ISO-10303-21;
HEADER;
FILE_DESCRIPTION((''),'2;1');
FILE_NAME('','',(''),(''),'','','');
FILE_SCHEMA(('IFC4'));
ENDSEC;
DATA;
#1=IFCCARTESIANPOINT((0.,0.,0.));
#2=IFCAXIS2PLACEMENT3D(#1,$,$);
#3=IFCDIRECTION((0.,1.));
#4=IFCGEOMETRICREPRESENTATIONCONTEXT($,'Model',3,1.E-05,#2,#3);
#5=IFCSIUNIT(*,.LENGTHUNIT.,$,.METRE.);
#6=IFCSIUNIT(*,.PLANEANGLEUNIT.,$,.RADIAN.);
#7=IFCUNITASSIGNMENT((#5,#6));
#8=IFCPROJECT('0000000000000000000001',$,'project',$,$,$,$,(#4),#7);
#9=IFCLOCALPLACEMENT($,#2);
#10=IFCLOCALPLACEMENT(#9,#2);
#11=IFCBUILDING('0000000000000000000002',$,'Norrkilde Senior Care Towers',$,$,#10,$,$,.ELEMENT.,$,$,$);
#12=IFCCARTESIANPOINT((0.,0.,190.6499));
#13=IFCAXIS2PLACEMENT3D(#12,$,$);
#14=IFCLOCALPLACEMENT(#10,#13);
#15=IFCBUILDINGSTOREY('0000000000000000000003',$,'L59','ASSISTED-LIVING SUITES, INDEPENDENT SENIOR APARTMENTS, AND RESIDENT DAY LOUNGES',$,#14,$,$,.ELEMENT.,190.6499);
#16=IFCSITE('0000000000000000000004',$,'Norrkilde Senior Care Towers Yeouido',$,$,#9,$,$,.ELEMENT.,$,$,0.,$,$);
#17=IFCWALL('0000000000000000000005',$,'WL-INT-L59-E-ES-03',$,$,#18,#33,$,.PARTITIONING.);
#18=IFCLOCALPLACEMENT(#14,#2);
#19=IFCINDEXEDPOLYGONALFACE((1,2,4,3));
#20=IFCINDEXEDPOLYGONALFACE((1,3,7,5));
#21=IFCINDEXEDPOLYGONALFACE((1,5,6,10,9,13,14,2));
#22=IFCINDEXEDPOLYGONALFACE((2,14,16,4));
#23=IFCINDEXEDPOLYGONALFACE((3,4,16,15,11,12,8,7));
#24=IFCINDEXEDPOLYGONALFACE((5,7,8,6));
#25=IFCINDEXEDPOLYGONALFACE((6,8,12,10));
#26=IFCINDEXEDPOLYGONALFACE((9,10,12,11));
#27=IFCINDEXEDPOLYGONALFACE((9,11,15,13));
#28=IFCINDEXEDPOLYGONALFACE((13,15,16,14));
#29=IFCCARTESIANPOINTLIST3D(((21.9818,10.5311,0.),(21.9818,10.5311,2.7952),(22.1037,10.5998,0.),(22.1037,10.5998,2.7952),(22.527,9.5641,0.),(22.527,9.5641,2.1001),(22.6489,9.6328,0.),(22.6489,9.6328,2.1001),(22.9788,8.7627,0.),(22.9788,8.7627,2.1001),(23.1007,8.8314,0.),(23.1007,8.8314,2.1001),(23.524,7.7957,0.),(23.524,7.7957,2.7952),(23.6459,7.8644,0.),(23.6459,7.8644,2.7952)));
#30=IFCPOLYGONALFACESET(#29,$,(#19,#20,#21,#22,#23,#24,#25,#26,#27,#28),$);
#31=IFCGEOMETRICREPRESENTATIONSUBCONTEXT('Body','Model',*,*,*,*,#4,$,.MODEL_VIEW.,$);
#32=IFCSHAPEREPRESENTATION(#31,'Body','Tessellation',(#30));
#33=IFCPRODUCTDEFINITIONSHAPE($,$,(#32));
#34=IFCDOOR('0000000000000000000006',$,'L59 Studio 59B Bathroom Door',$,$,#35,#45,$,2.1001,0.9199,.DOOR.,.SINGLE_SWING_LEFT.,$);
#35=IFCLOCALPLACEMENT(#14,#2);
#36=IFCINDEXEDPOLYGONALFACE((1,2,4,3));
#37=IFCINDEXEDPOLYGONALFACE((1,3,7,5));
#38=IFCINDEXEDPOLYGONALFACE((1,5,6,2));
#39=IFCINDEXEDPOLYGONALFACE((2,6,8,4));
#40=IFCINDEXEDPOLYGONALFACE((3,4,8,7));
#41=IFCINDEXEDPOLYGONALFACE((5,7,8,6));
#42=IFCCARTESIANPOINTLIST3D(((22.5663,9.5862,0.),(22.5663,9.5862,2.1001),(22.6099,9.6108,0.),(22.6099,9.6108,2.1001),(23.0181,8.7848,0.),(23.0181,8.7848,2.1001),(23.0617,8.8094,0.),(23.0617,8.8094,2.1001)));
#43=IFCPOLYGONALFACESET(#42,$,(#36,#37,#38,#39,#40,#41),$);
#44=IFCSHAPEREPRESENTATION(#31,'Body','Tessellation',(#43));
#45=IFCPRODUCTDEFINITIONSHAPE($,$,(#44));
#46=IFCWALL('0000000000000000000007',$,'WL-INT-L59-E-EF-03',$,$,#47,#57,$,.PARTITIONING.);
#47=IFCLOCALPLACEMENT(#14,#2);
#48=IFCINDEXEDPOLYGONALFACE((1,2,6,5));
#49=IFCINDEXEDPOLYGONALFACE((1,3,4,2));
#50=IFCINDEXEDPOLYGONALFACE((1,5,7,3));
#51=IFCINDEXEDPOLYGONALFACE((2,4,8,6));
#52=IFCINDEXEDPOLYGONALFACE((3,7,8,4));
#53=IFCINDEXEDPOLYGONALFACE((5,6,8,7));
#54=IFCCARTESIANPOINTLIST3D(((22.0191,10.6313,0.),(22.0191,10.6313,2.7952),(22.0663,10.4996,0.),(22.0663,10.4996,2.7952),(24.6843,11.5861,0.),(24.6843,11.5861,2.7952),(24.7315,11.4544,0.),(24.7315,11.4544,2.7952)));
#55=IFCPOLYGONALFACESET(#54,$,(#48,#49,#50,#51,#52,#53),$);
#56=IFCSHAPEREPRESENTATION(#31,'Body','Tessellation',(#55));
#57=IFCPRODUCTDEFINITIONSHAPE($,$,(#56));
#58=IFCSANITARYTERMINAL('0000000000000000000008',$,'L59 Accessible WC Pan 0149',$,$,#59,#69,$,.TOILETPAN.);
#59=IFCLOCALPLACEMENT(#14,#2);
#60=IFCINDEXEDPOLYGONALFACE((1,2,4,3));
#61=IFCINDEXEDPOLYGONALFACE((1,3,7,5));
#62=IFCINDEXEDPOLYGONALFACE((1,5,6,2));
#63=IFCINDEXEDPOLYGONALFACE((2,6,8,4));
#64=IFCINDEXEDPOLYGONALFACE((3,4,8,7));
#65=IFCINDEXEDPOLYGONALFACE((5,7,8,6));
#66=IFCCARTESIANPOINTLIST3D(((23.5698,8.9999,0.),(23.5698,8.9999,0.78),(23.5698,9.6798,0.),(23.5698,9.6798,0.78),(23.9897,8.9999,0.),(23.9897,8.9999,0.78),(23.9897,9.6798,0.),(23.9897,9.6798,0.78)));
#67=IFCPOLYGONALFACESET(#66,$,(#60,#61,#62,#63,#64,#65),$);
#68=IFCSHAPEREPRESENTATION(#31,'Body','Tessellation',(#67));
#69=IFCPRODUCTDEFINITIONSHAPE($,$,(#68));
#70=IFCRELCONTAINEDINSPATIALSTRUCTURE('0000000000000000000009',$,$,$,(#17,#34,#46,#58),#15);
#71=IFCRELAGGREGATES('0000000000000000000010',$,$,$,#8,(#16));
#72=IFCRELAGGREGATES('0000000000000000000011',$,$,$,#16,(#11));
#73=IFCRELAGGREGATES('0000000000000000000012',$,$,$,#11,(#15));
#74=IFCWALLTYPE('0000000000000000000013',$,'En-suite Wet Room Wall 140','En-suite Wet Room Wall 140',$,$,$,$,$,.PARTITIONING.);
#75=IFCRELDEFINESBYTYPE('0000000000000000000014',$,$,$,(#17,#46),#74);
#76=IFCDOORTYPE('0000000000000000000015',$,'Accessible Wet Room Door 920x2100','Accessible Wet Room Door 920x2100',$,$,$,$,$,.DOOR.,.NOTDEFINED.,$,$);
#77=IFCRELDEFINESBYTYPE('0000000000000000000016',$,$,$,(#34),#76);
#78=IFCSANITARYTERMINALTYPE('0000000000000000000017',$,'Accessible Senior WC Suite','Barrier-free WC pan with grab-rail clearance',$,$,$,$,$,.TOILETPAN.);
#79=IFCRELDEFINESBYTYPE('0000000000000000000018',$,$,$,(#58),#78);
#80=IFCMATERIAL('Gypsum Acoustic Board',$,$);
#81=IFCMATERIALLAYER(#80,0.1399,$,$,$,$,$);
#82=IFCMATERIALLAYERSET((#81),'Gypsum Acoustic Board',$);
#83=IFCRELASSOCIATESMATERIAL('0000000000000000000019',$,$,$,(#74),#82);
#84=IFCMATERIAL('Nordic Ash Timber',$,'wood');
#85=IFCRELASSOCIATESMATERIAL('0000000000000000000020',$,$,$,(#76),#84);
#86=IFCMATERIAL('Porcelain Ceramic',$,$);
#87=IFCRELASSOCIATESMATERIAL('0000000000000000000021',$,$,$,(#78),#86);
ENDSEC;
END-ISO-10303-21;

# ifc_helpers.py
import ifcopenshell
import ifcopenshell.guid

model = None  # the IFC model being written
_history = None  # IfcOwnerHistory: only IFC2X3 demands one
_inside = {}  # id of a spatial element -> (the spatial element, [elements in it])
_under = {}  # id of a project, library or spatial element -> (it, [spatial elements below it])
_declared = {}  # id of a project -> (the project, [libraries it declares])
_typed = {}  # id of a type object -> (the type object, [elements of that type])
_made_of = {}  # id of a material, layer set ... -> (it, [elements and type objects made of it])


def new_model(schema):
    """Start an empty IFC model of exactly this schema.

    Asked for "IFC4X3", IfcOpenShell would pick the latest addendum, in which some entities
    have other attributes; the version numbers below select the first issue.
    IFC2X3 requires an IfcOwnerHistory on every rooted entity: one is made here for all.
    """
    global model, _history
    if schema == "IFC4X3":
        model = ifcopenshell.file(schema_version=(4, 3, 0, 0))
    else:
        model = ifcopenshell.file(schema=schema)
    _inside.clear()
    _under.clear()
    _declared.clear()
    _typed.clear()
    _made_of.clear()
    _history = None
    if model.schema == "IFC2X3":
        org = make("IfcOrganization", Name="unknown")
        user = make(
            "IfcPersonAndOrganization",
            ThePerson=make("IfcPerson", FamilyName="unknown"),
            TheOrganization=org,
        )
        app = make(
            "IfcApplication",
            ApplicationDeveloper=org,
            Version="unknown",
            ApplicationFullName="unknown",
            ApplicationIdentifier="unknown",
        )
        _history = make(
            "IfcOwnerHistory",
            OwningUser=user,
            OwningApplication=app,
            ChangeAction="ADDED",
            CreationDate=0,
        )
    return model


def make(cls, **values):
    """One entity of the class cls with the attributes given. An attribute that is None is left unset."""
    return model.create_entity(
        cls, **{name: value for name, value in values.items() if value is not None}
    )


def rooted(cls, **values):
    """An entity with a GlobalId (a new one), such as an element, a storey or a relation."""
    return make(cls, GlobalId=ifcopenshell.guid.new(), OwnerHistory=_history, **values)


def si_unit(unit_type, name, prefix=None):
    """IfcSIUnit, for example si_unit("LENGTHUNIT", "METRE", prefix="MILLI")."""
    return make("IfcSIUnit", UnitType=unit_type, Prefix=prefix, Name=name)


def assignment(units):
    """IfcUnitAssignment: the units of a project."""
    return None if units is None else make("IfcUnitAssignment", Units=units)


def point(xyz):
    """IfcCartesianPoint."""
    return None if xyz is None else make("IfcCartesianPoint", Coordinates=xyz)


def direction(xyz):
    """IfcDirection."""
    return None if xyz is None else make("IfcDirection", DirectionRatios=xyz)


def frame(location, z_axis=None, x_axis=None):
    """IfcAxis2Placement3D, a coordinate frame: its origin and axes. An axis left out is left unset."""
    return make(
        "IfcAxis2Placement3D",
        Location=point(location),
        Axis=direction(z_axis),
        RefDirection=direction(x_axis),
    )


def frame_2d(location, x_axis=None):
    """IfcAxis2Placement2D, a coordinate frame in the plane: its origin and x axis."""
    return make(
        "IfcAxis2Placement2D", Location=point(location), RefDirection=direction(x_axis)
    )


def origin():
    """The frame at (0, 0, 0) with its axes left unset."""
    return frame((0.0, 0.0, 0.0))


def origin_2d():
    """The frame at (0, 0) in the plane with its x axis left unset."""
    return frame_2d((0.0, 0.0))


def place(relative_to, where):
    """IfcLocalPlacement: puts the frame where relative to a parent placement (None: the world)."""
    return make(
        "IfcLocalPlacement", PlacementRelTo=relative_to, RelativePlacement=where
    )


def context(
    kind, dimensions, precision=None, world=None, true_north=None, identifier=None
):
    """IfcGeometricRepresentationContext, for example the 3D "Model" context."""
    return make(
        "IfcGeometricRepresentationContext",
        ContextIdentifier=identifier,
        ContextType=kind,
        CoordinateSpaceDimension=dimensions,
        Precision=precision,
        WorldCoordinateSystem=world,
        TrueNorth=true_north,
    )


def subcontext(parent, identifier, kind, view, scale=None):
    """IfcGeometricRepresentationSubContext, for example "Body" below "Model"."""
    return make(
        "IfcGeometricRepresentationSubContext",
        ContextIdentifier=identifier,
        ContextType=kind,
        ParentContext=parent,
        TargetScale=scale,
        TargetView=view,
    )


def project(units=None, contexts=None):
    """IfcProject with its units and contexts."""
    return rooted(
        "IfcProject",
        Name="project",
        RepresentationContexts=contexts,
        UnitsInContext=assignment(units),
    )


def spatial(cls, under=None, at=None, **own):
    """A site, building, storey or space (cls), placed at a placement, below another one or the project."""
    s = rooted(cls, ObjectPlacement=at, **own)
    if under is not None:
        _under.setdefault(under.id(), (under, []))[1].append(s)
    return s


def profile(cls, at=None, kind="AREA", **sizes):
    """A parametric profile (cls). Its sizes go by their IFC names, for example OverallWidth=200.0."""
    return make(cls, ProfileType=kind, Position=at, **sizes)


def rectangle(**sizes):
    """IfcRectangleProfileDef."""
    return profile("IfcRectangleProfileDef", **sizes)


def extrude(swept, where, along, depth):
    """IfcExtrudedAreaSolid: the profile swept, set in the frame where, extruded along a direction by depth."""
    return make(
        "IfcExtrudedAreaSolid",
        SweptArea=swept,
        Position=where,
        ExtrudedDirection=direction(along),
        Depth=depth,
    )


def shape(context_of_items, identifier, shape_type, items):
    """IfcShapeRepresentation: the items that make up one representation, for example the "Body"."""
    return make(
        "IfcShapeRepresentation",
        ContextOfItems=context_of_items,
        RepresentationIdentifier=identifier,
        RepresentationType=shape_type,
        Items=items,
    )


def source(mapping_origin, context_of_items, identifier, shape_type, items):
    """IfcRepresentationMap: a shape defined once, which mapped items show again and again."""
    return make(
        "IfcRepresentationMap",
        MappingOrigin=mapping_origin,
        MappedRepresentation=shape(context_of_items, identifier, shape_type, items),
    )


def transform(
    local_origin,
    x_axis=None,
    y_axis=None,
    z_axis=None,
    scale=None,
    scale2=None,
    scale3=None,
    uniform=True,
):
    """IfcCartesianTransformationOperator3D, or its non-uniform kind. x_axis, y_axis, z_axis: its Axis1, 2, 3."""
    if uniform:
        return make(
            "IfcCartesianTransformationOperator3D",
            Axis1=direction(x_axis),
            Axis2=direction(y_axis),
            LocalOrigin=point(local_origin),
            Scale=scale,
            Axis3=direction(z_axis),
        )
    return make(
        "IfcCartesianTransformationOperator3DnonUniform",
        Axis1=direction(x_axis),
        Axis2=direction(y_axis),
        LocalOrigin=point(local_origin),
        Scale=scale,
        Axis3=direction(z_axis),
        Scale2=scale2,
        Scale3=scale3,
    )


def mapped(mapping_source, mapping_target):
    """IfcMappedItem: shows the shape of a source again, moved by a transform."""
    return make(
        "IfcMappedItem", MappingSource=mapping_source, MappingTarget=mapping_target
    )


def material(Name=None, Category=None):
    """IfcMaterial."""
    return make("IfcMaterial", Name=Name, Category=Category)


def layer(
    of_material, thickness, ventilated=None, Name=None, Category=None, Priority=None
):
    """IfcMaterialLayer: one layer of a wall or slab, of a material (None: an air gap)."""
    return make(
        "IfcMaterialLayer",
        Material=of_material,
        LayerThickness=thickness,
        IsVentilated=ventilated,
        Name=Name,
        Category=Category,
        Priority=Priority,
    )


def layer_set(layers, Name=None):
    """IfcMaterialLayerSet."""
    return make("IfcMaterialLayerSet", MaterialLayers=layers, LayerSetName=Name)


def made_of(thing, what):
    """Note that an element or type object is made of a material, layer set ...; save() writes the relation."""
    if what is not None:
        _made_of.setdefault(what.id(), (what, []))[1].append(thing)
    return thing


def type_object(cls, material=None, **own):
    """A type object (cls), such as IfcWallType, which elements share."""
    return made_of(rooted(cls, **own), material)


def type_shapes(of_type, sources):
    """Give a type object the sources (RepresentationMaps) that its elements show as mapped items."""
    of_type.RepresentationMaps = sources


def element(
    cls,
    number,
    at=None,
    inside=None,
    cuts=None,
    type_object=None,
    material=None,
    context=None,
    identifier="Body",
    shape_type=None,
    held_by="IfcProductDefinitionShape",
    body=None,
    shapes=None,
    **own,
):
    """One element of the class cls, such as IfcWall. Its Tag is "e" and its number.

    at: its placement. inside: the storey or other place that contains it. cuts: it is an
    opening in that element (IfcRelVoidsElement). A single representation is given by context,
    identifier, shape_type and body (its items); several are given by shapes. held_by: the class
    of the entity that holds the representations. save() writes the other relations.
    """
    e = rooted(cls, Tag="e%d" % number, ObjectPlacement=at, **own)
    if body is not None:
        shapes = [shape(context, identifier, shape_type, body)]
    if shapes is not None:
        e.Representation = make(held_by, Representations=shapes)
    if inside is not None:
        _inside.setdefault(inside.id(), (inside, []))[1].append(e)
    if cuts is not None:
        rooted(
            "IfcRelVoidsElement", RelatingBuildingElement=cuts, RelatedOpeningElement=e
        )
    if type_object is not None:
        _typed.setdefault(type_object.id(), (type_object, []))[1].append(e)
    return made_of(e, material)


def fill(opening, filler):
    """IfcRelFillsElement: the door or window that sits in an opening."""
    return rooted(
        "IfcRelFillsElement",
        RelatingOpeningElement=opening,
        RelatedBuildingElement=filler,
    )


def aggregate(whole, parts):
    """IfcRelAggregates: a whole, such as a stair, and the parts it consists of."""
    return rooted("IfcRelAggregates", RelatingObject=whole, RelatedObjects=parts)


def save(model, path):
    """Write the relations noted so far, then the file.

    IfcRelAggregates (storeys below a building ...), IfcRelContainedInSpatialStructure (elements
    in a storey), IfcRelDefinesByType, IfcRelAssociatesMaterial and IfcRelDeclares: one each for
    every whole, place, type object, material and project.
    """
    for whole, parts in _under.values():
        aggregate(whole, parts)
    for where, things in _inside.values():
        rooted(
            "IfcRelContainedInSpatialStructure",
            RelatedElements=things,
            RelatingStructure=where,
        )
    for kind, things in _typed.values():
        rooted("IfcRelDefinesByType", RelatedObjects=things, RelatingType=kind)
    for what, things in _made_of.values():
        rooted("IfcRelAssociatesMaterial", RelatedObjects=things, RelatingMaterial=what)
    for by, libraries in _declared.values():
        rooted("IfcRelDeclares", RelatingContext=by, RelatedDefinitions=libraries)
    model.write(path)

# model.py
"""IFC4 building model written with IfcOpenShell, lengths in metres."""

from ifc_helpers import new_model, si_unit, direction, frame, frame_2d, origin, origin_2d, place, context, subcontext, project, spatial, rectangle, extrude, source, transform, mapped, material, layer, layer_set, type_object, type_shapes, element, fill, save


model = new_model("IFC4")

# Units and contexts
model_context = context("Model", 3, precision=1e-05, world=origin(), true_north=direction((0.0, 1.0)))
body_context = subcontext(model_context, "Body", "Model", "MODEL_VIEW")
ifc_project = project(units=[si_unit("LENGTHUNIT", "METRE"), si_unit("PLANEANGLEUNIT", "RADIAN")], contexts=[model_context])

# Site, building, storey
site_placement = place(None, origin())
site = spatial("IfcSite", under=ifc_project, at=site_placement, Name="Norrkilde Senior Care Towers Yeouido", CompositionType="ELEMENT", RefElevation=0.0)
building_placement = place(site_placement, origin())
building = spatial("IfcBuilding", under=site, at=building_placement, Name="Norrkilde Senior Care Towers", CompositionType="ELEMENT")
storey_placement = place(building_placement, frame((0.0, 0.0, 190.6499)))
storey = spatial("IfcBuildingStorey", under=building, at=storey_placement, Name="L59", Description="ASSISTED-LIVING SUITES, INDEPENDENT SENIOR APARTMENTS, AND RESIDENT DAY LOUNGES", CompositionType="ELEMENT", Elevation=190.6499)

# Shared definitions
ifc_material_1 = material(Name="Gypsum Acoustic Board")
ifc_material_2 = material(Name="Nordic Ash Timber", Category="wood")

# Wall, opening, door
ifc_layer_1 = layer(ifc_material_1, 0.1399)
ifc_layer_set_1 = layer_set([ifc_layer_1], Name="Gypsum Acoustic Board")
wall_type_1 = type_object("IfcWallType", Name="En-suite Wet Room Wall 140", Description="En-suite Wet Room Wall 140", PredefinedType="PARTITIONING", material=ifc_layer_set_1)
shared_shape_1 = source(origin(), body_context, "Body", "SweptSolid", [
    extrude(rectangle(XDim=3.1401, YDim=0.1399, at=frame_2d((1.5701, 0.0))), origin(), (0.0, 0.0, 1.0), 2.7952),
])
wall_1_placement = place(storey_placement, frame((23.585, 7.8301, 0.0), z_axis=(0.0, 0.0, 1.0), x_axis=(-0.491132, 0.871085, 0.0)))
wall_1 = element("IfcWall", 1, at=wall_1_placement, inside=storey, type_object=wall_type_1, Name="WL-INT-L59-E-ES-03", PredefinedType="PARTITIONING", context=body_context, shape_type="MappedRepresentation", body=[
    mapped(shared_shape_1, transform((0.0, 0.0, 0.0), x_axis=(1.0, 0.0, 0.0), y_axis=(0.0, 1.0, 0.0), z_axis=(0.0, 0.0, 1.0), scale=1.0)),
])
opening_1_placement = place(wall_1_placement, frame((1.1101, 0.0, 0.0)))
opening_1 = element("IfcOpeningElement", 2, at=opening_1_placement, cuts=wall_1, PredefinedType="OPENING", context=body_context, shape_type="SweptSolid", body=[
    extrude(rectangle(XDim=0.9199, YDim=2.1001, at=frame_2d((0.46, 1.05))), frame((0.0, 0.0798, 0.0), z_axis=(0.0, -1.0, 0.0), x_axis=(1.0, 0.0, 0.0)), (0.0, 0.0, 1.0), 0.1599),
])
door_type_1 = type_object("IfcDoorType", Name="Accessible Wet Room Door 920x2100", Description="Accessible Wet Room Door 920x2100", OperationType="NOTDEFINED", PredefinedType="DOOR", material=ifc_material_2)
shared_shape_2 = source(origin(), body_context, "Body", "SweptSolid", [
    extrude(rectangle(XDim=0.9199, YDim=2.1001, at=frame_2d((0.46, 1.05))), frame((0.0, 0.0249, 0.0), z_axis=(0.0, -1.0, 0.0), x_axis=(1.0, 0.0, 0.0)), (0.0, 0.0, 1.0), 0.05),
])
type_shapes(door_type_1, [shared_shape_2])
door_1_placement = place(opening_1_placement, origin())
door_1 = element("IfcDoor", 3, at=door_1_placement, inside=storey, type_object=door_type_1, Name="L59 Studio 59B Bathroom Door", OperationType="SINGLE_SWING_LEFT", OverallHeight=2.1001, OverallWidth=0.9199, PredefinedType="DOOR", context=body_context, shape_type="MappedRepresentation", body=[
    mapped(shared_shape_2, transform((0.0, 0.0, 0.0), x_axis=(1.0, 0.0, 0.0), y_axis=(0.0, 1.0, 0.0), z_axis=(0.0, 0.0, 1.0), scale=1.0)),
])
fill(opening_1, door_1)

# Wall
shared_shape_3 = source(origin(), body_context, "Body", "SweptSolid", [
    extrude(rectangle(XDim=2.8311, YDim=0.1399, at=frame_2d((1.4155, 0.0))), origin(), (0.0, 0.0, 1.0), 2.7952),
])
type_shapes(wall_type_1, [shared_shape_1, shared_shape_3])
wall_2_placement = place(storey_placement, frame((22.0427, 10.5654, 0.0), z_axis=(0.0, 0.0, 1.0), x_axis=(0.941412, 0.337259, 0.0)))
element("IfcWall", 4, at=wall_2_placement, inside=storey, type_object=wall_type_1, Name="WL-INT-L59-E-EF-03", PredefinedType="PARTITIONING", context=body_context, shape_type="MappedRepresentation", body=[
    mapped(shared_shape_3, transform((0.0, 0.0, 0.0), x_axis=(1.0, 0.0, 0.0), y_axis=(0.0, 1.0, 0.0), z_axis=(0.0, 0.0, 1.0), scale=1.0)),
])

# Sanitary terminal
ifc_material_3 = material(Name="Porcelain Ceramic")
sanitary_terminal_type = type_object("IfcSanitaryTerminalType", Name="Accessible Senior WC Suite", Description="Barrier-free WC pan with grab-rail clearance", PredefinedType="TOILETPAN", material=ifc_material_3)
shared_shape_4 = source(origin(), body_context, "Body", "SweptSolid", [
    extrude(rectangle(XDim=0.4199, YDim=0.6799, at=origin_2d()), origin(), (0.0, 0.0, 1.0), 0.78),
])
type_shapes(sanitary_terminal_type, [shared_shape_4])
sanitary_terminal_placement = place(storey_placement, frame((23.7798, 9.3398, 0.0), z_axis=(0.0, 0.0, 1.0), x_axis=(1.0, 0.0, 0.0)))
element("IfcSanitaryTerminal", 5, at=sanitary_terminal_placement, inside=storey, type_object=sanitary_terminal_type, Name="L59 Accessible WC Pan 0149", PredefinedType="TOILETPAN", context=body_context, shape_type="MappedRepresentation", body=[
    mapped(shared_shape_4, transform((0.0, 0.0, 0.0), x_axis=(1.0, 0.0, 0.0), y_axis=(0.0, 1.0, 0.0), z_axis=(0.0, 0.0, 1.0), scale=1.0)),
])

save(model, "model.ifc")
